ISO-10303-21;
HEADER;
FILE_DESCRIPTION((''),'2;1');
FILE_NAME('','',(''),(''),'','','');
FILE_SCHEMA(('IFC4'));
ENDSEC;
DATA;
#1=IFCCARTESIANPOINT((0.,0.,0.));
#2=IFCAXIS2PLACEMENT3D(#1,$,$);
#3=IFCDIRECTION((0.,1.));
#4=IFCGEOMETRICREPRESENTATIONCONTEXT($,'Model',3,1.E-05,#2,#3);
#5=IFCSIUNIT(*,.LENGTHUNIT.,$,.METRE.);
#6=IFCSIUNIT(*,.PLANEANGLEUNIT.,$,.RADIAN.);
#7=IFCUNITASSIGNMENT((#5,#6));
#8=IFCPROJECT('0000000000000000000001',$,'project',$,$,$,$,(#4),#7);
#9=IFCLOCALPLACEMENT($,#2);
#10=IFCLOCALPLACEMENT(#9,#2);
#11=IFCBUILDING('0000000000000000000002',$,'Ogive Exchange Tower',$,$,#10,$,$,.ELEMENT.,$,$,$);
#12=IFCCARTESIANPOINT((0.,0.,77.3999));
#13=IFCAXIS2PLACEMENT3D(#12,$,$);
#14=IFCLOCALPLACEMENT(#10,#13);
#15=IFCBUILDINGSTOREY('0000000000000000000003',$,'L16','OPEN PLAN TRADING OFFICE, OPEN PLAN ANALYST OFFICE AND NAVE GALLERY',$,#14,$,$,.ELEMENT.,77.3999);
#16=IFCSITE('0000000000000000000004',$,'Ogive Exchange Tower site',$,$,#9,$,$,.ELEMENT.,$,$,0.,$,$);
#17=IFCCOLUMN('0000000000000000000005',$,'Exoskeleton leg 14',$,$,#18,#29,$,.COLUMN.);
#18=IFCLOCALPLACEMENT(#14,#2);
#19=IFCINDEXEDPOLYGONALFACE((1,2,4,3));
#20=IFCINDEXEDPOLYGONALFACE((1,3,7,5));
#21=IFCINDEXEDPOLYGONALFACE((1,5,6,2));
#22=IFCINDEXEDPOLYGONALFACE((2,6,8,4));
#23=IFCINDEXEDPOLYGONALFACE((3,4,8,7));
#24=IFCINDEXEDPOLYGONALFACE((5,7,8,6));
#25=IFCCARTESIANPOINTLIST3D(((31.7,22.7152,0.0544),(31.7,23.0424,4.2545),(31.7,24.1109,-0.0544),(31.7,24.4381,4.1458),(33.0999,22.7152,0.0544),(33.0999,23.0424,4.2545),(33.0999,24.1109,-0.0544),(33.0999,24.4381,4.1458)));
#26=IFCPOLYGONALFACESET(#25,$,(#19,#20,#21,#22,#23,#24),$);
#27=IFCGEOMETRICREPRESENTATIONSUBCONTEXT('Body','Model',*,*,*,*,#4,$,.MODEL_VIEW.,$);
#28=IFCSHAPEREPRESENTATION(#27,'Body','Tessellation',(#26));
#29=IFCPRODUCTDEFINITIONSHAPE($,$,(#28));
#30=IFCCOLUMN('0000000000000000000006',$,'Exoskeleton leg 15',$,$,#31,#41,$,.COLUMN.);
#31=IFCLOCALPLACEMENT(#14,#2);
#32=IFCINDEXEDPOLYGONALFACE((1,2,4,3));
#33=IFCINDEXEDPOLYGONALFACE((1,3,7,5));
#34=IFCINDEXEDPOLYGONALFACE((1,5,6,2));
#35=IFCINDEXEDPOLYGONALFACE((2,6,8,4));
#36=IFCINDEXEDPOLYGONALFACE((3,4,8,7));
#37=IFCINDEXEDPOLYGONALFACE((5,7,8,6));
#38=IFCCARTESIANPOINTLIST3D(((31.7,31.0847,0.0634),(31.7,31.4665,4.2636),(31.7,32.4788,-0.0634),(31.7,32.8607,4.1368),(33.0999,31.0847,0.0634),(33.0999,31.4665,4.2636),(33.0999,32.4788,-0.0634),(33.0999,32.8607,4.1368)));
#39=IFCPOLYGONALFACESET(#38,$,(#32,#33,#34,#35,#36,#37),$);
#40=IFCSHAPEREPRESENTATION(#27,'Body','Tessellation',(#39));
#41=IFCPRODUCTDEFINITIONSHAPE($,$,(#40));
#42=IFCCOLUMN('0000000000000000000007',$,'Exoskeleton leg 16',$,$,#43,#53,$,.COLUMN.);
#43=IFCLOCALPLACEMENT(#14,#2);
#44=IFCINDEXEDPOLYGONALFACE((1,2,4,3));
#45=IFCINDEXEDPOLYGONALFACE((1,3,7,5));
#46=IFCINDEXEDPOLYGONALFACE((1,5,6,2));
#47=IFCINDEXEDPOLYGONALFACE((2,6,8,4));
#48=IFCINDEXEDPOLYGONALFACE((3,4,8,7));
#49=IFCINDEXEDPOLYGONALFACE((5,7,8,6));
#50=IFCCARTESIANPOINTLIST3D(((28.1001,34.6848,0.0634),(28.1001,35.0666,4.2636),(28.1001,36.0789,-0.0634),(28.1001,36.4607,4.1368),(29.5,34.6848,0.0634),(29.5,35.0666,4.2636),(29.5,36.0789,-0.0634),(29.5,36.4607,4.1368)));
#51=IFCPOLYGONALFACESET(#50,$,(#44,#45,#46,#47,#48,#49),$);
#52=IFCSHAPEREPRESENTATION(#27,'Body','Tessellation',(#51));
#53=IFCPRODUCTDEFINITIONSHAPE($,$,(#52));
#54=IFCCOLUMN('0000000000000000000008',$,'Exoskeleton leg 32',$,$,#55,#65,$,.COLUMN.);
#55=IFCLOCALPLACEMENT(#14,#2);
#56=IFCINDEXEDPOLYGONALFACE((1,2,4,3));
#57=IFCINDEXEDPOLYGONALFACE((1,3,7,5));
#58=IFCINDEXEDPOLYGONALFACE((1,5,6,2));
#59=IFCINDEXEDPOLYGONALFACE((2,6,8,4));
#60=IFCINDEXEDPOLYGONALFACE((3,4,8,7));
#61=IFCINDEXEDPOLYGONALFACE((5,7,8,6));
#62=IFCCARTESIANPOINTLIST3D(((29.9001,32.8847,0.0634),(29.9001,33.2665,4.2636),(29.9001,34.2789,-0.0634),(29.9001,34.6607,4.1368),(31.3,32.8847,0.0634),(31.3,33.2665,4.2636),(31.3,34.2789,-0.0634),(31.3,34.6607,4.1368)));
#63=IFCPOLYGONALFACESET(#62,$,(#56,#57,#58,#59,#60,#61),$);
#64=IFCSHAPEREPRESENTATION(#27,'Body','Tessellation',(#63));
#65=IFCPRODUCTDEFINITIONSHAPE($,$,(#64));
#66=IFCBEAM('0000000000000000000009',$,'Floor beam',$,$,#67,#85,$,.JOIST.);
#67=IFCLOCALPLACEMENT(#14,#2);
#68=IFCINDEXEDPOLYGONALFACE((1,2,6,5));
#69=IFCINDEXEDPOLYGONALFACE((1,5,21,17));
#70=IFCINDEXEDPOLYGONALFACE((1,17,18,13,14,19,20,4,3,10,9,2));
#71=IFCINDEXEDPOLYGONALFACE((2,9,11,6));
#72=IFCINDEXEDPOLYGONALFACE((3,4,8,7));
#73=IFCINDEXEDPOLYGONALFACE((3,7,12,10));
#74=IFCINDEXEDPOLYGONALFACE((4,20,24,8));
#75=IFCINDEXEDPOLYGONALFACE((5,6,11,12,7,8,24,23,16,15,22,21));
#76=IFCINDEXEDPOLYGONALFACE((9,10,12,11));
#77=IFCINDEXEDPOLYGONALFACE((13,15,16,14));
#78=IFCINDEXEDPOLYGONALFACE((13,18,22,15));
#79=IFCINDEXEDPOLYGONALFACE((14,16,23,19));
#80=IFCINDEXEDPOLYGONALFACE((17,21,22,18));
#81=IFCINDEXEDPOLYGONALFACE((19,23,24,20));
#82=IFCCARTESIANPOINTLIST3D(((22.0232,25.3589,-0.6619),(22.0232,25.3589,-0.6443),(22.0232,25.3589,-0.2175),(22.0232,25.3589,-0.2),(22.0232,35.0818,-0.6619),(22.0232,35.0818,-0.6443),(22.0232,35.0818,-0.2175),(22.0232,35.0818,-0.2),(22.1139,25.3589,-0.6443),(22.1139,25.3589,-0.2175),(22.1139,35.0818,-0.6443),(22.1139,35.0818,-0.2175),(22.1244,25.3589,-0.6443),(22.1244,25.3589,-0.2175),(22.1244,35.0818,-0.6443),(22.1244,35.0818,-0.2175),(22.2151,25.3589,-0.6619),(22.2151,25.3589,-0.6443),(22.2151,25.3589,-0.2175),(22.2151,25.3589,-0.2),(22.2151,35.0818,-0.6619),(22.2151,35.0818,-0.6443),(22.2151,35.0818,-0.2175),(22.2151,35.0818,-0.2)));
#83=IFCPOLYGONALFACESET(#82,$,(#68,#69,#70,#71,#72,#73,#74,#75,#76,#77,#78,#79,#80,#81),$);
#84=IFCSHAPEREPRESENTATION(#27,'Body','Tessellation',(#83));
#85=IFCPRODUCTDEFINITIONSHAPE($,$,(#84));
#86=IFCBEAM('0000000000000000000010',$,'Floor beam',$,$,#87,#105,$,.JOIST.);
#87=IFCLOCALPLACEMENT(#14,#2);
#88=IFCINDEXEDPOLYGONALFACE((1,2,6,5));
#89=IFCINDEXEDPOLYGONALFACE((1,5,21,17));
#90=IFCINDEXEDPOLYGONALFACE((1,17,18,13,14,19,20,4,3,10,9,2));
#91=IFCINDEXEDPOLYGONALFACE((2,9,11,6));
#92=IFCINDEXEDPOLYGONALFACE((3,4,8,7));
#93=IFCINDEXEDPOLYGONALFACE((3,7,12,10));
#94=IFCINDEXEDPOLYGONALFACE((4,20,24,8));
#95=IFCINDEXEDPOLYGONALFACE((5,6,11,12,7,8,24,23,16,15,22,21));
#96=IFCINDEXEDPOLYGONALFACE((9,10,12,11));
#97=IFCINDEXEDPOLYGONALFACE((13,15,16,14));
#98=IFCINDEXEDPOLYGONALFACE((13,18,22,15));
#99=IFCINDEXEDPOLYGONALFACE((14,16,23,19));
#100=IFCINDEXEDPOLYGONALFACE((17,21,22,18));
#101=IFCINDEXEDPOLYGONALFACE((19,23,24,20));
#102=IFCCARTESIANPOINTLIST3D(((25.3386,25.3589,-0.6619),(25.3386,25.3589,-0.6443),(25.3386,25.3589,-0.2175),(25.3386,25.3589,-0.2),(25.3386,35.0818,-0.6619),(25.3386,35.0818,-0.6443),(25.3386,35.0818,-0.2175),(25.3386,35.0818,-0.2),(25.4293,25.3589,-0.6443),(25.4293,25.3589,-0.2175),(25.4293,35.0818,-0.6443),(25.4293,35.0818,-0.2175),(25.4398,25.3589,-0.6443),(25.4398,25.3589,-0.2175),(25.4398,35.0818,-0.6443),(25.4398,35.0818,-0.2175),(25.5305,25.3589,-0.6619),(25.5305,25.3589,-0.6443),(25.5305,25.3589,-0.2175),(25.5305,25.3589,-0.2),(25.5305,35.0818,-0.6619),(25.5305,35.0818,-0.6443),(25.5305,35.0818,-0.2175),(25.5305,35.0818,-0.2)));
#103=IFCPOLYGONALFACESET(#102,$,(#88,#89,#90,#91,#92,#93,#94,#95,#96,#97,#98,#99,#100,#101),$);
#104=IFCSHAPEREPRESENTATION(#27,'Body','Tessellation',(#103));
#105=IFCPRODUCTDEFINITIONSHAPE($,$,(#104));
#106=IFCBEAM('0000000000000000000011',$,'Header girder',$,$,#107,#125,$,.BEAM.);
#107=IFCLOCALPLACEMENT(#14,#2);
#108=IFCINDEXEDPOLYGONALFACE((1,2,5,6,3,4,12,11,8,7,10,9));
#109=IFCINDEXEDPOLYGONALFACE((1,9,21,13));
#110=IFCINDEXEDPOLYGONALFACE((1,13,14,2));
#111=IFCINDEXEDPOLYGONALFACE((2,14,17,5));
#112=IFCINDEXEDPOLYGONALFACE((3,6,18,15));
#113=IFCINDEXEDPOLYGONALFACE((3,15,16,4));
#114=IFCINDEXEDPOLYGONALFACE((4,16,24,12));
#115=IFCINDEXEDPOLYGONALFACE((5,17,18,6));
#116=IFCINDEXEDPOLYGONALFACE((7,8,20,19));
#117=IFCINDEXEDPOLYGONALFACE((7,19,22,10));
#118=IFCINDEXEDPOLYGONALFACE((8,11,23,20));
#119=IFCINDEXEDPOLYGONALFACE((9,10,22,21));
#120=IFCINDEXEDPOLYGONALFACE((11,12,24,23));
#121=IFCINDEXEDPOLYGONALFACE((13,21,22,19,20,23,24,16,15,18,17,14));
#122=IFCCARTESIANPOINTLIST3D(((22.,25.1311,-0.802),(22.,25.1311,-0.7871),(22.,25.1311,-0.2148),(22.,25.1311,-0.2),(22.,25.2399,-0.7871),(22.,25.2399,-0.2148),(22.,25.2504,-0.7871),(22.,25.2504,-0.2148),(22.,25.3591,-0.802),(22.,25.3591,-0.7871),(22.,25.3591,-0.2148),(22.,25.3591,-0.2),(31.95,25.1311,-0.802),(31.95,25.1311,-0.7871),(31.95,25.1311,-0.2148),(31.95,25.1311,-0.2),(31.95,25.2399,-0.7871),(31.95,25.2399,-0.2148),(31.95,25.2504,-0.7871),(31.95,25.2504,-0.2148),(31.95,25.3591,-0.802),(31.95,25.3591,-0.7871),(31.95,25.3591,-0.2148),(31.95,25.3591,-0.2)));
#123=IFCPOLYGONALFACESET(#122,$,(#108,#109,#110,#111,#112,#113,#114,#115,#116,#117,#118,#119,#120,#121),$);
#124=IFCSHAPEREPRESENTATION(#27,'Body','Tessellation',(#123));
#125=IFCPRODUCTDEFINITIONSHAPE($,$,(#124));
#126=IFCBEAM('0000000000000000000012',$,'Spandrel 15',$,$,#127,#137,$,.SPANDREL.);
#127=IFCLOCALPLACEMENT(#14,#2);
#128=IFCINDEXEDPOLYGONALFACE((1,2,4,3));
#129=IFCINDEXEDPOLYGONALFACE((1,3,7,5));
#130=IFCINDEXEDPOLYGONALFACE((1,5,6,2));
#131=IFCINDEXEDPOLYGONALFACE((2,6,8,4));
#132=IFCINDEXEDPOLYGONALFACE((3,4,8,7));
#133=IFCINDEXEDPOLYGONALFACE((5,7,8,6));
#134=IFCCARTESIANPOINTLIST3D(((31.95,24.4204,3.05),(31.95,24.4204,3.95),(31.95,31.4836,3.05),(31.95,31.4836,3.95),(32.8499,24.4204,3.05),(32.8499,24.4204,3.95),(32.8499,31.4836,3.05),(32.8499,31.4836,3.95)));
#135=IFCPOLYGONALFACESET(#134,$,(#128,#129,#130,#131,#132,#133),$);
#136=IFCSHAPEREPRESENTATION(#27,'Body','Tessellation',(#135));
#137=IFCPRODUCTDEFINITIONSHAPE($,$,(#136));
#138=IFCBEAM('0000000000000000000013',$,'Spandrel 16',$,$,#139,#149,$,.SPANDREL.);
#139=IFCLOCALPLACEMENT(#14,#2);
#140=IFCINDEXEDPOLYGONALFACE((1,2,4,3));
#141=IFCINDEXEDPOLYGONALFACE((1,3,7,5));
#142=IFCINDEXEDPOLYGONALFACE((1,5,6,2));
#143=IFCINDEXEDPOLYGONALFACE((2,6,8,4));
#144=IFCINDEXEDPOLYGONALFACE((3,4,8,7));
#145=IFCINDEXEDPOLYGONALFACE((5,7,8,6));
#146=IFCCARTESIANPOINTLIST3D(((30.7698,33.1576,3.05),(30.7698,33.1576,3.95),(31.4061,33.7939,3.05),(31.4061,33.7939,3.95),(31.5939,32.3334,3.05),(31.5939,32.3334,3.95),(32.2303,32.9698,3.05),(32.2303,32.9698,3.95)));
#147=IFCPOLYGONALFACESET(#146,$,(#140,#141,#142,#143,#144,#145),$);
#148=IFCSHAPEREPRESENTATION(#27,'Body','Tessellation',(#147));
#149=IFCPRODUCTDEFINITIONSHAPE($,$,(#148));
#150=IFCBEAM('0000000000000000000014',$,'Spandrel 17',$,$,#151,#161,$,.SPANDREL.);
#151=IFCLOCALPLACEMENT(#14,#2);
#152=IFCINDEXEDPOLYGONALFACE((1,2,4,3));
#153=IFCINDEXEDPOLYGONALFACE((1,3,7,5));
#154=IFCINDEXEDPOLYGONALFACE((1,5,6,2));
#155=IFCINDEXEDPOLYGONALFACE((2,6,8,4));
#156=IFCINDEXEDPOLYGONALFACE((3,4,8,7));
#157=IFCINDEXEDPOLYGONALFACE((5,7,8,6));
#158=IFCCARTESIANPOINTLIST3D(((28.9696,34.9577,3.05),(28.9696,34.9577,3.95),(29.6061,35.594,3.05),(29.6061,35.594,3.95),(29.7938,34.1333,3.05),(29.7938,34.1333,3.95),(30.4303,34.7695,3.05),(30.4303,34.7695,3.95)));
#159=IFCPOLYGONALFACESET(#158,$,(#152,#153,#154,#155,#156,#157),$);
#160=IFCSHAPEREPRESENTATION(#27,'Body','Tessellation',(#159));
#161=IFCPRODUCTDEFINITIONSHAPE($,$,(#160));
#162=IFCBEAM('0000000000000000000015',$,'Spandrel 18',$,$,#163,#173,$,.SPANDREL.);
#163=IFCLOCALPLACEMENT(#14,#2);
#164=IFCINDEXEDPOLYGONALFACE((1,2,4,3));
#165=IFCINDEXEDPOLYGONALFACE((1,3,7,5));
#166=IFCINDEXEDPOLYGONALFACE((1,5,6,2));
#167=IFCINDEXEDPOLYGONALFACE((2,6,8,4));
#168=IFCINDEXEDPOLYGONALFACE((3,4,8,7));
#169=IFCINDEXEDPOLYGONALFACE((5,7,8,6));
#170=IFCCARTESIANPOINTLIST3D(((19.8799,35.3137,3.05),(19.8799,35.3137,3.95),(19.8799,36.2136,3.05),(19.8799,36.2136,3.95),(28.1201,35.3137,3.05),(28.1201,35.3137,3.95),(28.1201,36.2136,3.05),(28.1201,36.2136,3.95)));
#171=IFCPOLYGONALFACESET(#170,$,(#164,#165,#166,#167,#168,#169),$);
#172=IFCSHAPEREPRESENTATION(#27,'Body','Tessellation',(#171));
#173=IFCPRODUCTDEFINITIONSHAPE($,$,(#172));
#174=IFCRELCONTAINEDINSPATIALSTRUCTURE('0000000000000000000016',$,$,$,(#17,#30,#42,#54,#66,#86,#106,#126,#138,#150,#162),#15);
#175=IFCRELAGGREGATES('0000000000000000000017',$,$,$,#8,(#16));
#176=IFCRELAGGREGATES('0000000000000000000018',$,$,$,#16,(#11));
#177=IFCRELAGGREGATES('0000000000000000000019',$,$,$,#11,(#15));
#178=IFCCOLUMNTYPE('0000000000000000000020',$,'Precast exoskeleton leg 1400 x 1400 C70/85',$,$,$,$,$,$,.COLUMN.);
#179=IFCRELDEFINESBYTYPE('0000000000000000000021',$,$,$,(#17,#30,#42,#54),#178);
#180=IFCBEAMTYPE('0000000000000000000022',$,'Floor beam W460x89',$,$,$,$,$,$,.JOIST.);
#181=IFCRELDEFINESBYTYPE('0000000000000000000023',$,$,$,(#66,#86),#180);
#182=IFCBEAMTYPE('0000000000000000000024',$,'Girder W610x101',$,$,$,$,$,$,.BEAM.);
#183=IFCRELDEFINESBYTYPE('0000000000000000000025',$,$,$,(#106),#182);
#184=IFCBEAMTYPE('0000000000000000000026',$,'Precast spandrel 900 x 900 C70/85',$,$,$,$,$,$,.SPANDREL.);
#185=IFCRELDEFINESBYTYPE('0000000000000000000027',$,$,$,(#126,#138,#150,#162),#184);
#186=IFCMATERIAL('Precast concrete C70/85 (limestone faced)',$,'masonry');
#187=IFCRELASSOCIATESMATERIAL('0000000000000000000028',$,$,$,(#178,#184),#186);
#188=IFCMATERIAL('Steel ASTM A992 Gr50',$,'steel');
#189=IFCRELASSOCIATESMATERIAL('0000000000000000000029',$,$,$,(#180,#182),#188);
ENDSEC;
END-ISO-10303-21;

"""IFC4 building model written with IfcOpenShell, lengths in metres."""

from ifc_helpers import new_model, si_unit, direction, frame, origin, origin_2d, place, context, subcontext, project, spatial, rectangle, i_section, extrude, material, material_profile, profile_set, type_object, element, save


model = new_model("IFC4")

# Units and contexts
model_context = context("Model", 3, precision=1e-05, world=origin(), true_north=direction((0.0, 1.0)))
body_context = subcontext(model_context, "Body", "Model", "MODEL_VIEW")
ifc_project = project(units=[si_unit("LENGTHUNIT", "METRE"), si_unit("PLANEANGLEUNIT", "RADIAN")], contexts=[model_context])

# Site, building, storey
site_placement = place(None, origin())
site = spatial("IfcSite", under=ifc_project, at=site_placement, Name="Ogive Exchange Tower site", CompositionType="ELEMENT", RefElevation=0.0)
building_placement = place(site_placement, origin())
building = spatial("IfcBuilding", under=site, at=building_placement, Name="Ogive Exchange Tower", CompositionType="ELEMENT")
storey_placement = place(building_placement, frame((0.0, 0.0, 77.3999)))
storey = spatial("IfcBuildingStorey", under=building, at=storey_placement, Name="L16", Description="OPEN PLAN TRADING OFFICE, OPEN PLAN ANALYST OFFICE AND NAVE GALLERY", CompositionType="ELEMENT", Elevation=77.3999)

# Columns
ifc_material_1 = material(Name="Precast concrete C70/85 (limestone faced)", Category="masonry")
ifc_material_profile_1 = material_profile(ifc_material_1, rectangle(XDim=1.3999, YDim=1.3999, at=origin_2d()), Name="1400 x 1400")
ifc_profile_set_1 = profile_set([ifc_material_profile_1], Name="Precast concrete C70/85 (limestone faced)")
column_type = type_object("IfcColumnType", Name="Precast exoskeleton leg 1400 x 1400 C70/85", PredefinedType="COLUMN", material=ifc_profile_set_1)
column_placement = place(storey_placement, frame((32.3999, 23.4131, 0.0), z_axis=(0.0, 0.077654, 0.99698), x_axis=(-1.0, 0.0, 0.0)))
element("IfcColumn", 1, at=column_placement, inside=storey, type_object=column_type, Name="Exoskeleton leg 14", PredefinedType="COLUMN", context=body_context, shape_type="SweptSolid", body=[
    extrude(rectangle(XDim=1.3999, YDim=1.3999, at=origin_2d()), origin(), (0.0, 0.0, 1.0), 4.2129),
])
for number, where, z_axis, x_axis, name in (
    (2, (32.3999, 31.7817, 0.0), (0.0, 0.090536, 0.995893), (-1.0, 0.0, 0.0), "Exoskeleton leg 15"),
    (3, (28.8, 35.3818, 0.0), (0.0, 0.090536, 0.995893), (-1.0, 0.0, 0.0), "Exoskeleton leg 16"),
    (4, (30.6001, 33.5818, 0.0), (0.0, 0.090536, 0.995893), (-1.0, 0.0, 0.0), "Exoskeleton leg 32"),
):
    element("IfcColumn", number, at=place(storey_placement, frame(where, z_axis=z_axis, x_axis=x_axis)), inside=storey, type_object=column_type, Name=name, PredefinedType="COLUMN", context=body_context, shape_type="SweptSolid", body=[
        extrude(rectangle(XDim=1.3999, YDim=1.3999, at=origin_2d()), origin(), (0.0, 0.0, 1.0), 4.2175),
    ])

# Beams
ifc_material_2 = material(Name="Steel ASTM A992 Gr50", Category="steel")
ifc_material_profile_2 = material_profile(ifc_material_2, i_section(OverallWidth=0.1919, OverallDepth=0.4619, WebThickness=0.0105, FlangeThickness=0.0176, at=origin_2d()), Name="W460x89")
ifc_profile_set_2 = profile_set([ifc_material_profile_2], Name="Steel ASTM A992 Gr50")
beam_type_1 = type_object("IfcBeamType", Name="Floor beam W460x89", PredefinedType="JOIST", material=ifc_profile_set_2)
for number, where, z_axis, x_axis, name in (
    (5, (22.1191, 25.3589, -0.4309), (0.0, 1.0, 0.0), (-1.0, 0.0, 0.0), "Floor beam"),
    (6, (25.4346, 25.3589, -0.4309), (0.0, 1.0, 0.0), (-1.0, 0.0, 0.0), "Floor beam"),
):
    element("IfcBeam", number, at=place(storey_placement, frame(where, z_axis=z_axis, x_axis=x_axis)), inside=storey, type_object=beam_type_1, Name=name, PredefinedType="JOIST", context=body_context, shape_type="SweptSolid", body=[
        extrude(i_section(OverallWidth=0.1919, OverallDepth=0.4619, WebThickness=0.0105, FlangeThickness=0.0176, at=origin_2d()), origin(), (0.0, 0.0, 1.0), 9.7229),
    ])
ifc_material_profile_3 = material_profile(ifc_material_2, i_section(OverallWidth=0.228, OverallDepth=0.6021, WebThickness=0.0105, FlangeThickness=0.0149, at=origin_2d()), Name="W610x101")
ifc_profile_set_3 = profile_set([ifc_material_profile_3], Name="Steel ASTM A992 Gr50")
beam_type_2 = type_object("IfcBeamType", Name="Girder W610x101", PredefinedType="BEAM", material=ifc_profile_set_3)
beam_1_placement = place(storey_placement, frame((22.0, 25.2451, -0.501), z_axis=(1.0, 0.0, 0.0), x_axis=(0.0, 1.0, 0.0)))
element("IfcBeam", 7, at=beam_1_placement, inside=storey, type_object=beam_type_2, Name="Header girder", PredefinedType="BEAM", context=body_context, shape_type="SweptSolid", body=[
    extrude(i_section(OverallWidth=0.228, OverallDepth=0.6021, WebThickness=0.0105, FlangeThickness=0.0149, at=origin_2d()), origin(), (0.0, 0.0, 1.0), 9.95),
])
ifc_material_profile_4 = material_profile(ifc_material_1, rectangle(XDim=0.8999, YDim=0.8999, at=origin_2d()), Name="900 x 900")
ifc_profile_set_4 = profile_set([ifc_material_profile_4], Name="Precast concrete C70/85 (limestone faced)")
beam_type_3 = type_object("IfcBeamType", Name="Precast spandrel 900 x 900 C70/85", PredefinedType="SPANDREL", material=ifc_profile_set_4)
beam_2_placement = place(storey_placement, frame((32.3999, 24.4204, 3.5), z_axis=(0.0, 1.0, 0.0), x_axis=(-1.0, 0.0, 0.0)))
element("IfcBeam", 8, at=beam_2_placement, inside=storey, type_object=beam_type_3, Name="Spandrel 15", PredefinedType="SPANDREL", context=body_context, shape_type="SweptSolid", body=[
    extrude(rectangle(XDim=0.8999, YDim=0.8999, at=origin_2d()), origin(), (0.0, 0.0, 1.0), 7.0632),
])
beam_3_placement = place(storey_placement, frame((31.9121, 32.6516, 3.5), z_axis=(-0.707107, 0.707107, 0.0), x_axis=(-0.707107, -0.707107, 0.0)))
element("IfcBeam", 9, at=beam_3_placement, inside=storey, type_object=beam_type_3, Name="Spandrel 16", PredefinedType="SPANDREL", context=body_context, shape_type="SweptSolid", body=[
    extrude(rectangle(XDim=0.8999, YDim=0.8999, at=origin_2d()), origin(), (0.0, 0.0, 1.0), 1.1655),
])
beam_4_placement = place(storey_placement, frame((30.1121, 34.4514, 3.5), z_axis=(-0.707002, 0.707211, 0.0), x_axis=(-0.707211, -0.707002, 0.0)))
element("IfcBeam", 10, at=beam_4_placement, inside=storey, type_object=beam_type_3, Name="Spandrel 17", PredefinedType="SPANDREL", context=body_context, shape_type="SweptSolid", body=[
    extrude(rectangle(XDim=0.8999, YDim=0.8999, at=origin_2d()), origin(), (0.0, 0.0, 1.0), 1.1658),
])
beam_5_placement = place(storey_placement, frame((28.1201, 35.7637, 3.5), z_axis=(-1.0, 0.0, 0.0), x_axis=(0.0, -1.0, 0.0)))
element("IfcBeam", 11, at=beam_5_placement, inside=storey, type_object=beam_type_3, Name="Spandrel 18", PredefinedType="SPANDREL", context=body_context, shape_type="SweptSolid", body=[
    extrude(rectangle(XDim=0.8999, YDim=0.8999, at=origin_2d()), origin(), (0.0, 0.0, 1.0), 8.2402),
])

save(model, "model.ifc")
